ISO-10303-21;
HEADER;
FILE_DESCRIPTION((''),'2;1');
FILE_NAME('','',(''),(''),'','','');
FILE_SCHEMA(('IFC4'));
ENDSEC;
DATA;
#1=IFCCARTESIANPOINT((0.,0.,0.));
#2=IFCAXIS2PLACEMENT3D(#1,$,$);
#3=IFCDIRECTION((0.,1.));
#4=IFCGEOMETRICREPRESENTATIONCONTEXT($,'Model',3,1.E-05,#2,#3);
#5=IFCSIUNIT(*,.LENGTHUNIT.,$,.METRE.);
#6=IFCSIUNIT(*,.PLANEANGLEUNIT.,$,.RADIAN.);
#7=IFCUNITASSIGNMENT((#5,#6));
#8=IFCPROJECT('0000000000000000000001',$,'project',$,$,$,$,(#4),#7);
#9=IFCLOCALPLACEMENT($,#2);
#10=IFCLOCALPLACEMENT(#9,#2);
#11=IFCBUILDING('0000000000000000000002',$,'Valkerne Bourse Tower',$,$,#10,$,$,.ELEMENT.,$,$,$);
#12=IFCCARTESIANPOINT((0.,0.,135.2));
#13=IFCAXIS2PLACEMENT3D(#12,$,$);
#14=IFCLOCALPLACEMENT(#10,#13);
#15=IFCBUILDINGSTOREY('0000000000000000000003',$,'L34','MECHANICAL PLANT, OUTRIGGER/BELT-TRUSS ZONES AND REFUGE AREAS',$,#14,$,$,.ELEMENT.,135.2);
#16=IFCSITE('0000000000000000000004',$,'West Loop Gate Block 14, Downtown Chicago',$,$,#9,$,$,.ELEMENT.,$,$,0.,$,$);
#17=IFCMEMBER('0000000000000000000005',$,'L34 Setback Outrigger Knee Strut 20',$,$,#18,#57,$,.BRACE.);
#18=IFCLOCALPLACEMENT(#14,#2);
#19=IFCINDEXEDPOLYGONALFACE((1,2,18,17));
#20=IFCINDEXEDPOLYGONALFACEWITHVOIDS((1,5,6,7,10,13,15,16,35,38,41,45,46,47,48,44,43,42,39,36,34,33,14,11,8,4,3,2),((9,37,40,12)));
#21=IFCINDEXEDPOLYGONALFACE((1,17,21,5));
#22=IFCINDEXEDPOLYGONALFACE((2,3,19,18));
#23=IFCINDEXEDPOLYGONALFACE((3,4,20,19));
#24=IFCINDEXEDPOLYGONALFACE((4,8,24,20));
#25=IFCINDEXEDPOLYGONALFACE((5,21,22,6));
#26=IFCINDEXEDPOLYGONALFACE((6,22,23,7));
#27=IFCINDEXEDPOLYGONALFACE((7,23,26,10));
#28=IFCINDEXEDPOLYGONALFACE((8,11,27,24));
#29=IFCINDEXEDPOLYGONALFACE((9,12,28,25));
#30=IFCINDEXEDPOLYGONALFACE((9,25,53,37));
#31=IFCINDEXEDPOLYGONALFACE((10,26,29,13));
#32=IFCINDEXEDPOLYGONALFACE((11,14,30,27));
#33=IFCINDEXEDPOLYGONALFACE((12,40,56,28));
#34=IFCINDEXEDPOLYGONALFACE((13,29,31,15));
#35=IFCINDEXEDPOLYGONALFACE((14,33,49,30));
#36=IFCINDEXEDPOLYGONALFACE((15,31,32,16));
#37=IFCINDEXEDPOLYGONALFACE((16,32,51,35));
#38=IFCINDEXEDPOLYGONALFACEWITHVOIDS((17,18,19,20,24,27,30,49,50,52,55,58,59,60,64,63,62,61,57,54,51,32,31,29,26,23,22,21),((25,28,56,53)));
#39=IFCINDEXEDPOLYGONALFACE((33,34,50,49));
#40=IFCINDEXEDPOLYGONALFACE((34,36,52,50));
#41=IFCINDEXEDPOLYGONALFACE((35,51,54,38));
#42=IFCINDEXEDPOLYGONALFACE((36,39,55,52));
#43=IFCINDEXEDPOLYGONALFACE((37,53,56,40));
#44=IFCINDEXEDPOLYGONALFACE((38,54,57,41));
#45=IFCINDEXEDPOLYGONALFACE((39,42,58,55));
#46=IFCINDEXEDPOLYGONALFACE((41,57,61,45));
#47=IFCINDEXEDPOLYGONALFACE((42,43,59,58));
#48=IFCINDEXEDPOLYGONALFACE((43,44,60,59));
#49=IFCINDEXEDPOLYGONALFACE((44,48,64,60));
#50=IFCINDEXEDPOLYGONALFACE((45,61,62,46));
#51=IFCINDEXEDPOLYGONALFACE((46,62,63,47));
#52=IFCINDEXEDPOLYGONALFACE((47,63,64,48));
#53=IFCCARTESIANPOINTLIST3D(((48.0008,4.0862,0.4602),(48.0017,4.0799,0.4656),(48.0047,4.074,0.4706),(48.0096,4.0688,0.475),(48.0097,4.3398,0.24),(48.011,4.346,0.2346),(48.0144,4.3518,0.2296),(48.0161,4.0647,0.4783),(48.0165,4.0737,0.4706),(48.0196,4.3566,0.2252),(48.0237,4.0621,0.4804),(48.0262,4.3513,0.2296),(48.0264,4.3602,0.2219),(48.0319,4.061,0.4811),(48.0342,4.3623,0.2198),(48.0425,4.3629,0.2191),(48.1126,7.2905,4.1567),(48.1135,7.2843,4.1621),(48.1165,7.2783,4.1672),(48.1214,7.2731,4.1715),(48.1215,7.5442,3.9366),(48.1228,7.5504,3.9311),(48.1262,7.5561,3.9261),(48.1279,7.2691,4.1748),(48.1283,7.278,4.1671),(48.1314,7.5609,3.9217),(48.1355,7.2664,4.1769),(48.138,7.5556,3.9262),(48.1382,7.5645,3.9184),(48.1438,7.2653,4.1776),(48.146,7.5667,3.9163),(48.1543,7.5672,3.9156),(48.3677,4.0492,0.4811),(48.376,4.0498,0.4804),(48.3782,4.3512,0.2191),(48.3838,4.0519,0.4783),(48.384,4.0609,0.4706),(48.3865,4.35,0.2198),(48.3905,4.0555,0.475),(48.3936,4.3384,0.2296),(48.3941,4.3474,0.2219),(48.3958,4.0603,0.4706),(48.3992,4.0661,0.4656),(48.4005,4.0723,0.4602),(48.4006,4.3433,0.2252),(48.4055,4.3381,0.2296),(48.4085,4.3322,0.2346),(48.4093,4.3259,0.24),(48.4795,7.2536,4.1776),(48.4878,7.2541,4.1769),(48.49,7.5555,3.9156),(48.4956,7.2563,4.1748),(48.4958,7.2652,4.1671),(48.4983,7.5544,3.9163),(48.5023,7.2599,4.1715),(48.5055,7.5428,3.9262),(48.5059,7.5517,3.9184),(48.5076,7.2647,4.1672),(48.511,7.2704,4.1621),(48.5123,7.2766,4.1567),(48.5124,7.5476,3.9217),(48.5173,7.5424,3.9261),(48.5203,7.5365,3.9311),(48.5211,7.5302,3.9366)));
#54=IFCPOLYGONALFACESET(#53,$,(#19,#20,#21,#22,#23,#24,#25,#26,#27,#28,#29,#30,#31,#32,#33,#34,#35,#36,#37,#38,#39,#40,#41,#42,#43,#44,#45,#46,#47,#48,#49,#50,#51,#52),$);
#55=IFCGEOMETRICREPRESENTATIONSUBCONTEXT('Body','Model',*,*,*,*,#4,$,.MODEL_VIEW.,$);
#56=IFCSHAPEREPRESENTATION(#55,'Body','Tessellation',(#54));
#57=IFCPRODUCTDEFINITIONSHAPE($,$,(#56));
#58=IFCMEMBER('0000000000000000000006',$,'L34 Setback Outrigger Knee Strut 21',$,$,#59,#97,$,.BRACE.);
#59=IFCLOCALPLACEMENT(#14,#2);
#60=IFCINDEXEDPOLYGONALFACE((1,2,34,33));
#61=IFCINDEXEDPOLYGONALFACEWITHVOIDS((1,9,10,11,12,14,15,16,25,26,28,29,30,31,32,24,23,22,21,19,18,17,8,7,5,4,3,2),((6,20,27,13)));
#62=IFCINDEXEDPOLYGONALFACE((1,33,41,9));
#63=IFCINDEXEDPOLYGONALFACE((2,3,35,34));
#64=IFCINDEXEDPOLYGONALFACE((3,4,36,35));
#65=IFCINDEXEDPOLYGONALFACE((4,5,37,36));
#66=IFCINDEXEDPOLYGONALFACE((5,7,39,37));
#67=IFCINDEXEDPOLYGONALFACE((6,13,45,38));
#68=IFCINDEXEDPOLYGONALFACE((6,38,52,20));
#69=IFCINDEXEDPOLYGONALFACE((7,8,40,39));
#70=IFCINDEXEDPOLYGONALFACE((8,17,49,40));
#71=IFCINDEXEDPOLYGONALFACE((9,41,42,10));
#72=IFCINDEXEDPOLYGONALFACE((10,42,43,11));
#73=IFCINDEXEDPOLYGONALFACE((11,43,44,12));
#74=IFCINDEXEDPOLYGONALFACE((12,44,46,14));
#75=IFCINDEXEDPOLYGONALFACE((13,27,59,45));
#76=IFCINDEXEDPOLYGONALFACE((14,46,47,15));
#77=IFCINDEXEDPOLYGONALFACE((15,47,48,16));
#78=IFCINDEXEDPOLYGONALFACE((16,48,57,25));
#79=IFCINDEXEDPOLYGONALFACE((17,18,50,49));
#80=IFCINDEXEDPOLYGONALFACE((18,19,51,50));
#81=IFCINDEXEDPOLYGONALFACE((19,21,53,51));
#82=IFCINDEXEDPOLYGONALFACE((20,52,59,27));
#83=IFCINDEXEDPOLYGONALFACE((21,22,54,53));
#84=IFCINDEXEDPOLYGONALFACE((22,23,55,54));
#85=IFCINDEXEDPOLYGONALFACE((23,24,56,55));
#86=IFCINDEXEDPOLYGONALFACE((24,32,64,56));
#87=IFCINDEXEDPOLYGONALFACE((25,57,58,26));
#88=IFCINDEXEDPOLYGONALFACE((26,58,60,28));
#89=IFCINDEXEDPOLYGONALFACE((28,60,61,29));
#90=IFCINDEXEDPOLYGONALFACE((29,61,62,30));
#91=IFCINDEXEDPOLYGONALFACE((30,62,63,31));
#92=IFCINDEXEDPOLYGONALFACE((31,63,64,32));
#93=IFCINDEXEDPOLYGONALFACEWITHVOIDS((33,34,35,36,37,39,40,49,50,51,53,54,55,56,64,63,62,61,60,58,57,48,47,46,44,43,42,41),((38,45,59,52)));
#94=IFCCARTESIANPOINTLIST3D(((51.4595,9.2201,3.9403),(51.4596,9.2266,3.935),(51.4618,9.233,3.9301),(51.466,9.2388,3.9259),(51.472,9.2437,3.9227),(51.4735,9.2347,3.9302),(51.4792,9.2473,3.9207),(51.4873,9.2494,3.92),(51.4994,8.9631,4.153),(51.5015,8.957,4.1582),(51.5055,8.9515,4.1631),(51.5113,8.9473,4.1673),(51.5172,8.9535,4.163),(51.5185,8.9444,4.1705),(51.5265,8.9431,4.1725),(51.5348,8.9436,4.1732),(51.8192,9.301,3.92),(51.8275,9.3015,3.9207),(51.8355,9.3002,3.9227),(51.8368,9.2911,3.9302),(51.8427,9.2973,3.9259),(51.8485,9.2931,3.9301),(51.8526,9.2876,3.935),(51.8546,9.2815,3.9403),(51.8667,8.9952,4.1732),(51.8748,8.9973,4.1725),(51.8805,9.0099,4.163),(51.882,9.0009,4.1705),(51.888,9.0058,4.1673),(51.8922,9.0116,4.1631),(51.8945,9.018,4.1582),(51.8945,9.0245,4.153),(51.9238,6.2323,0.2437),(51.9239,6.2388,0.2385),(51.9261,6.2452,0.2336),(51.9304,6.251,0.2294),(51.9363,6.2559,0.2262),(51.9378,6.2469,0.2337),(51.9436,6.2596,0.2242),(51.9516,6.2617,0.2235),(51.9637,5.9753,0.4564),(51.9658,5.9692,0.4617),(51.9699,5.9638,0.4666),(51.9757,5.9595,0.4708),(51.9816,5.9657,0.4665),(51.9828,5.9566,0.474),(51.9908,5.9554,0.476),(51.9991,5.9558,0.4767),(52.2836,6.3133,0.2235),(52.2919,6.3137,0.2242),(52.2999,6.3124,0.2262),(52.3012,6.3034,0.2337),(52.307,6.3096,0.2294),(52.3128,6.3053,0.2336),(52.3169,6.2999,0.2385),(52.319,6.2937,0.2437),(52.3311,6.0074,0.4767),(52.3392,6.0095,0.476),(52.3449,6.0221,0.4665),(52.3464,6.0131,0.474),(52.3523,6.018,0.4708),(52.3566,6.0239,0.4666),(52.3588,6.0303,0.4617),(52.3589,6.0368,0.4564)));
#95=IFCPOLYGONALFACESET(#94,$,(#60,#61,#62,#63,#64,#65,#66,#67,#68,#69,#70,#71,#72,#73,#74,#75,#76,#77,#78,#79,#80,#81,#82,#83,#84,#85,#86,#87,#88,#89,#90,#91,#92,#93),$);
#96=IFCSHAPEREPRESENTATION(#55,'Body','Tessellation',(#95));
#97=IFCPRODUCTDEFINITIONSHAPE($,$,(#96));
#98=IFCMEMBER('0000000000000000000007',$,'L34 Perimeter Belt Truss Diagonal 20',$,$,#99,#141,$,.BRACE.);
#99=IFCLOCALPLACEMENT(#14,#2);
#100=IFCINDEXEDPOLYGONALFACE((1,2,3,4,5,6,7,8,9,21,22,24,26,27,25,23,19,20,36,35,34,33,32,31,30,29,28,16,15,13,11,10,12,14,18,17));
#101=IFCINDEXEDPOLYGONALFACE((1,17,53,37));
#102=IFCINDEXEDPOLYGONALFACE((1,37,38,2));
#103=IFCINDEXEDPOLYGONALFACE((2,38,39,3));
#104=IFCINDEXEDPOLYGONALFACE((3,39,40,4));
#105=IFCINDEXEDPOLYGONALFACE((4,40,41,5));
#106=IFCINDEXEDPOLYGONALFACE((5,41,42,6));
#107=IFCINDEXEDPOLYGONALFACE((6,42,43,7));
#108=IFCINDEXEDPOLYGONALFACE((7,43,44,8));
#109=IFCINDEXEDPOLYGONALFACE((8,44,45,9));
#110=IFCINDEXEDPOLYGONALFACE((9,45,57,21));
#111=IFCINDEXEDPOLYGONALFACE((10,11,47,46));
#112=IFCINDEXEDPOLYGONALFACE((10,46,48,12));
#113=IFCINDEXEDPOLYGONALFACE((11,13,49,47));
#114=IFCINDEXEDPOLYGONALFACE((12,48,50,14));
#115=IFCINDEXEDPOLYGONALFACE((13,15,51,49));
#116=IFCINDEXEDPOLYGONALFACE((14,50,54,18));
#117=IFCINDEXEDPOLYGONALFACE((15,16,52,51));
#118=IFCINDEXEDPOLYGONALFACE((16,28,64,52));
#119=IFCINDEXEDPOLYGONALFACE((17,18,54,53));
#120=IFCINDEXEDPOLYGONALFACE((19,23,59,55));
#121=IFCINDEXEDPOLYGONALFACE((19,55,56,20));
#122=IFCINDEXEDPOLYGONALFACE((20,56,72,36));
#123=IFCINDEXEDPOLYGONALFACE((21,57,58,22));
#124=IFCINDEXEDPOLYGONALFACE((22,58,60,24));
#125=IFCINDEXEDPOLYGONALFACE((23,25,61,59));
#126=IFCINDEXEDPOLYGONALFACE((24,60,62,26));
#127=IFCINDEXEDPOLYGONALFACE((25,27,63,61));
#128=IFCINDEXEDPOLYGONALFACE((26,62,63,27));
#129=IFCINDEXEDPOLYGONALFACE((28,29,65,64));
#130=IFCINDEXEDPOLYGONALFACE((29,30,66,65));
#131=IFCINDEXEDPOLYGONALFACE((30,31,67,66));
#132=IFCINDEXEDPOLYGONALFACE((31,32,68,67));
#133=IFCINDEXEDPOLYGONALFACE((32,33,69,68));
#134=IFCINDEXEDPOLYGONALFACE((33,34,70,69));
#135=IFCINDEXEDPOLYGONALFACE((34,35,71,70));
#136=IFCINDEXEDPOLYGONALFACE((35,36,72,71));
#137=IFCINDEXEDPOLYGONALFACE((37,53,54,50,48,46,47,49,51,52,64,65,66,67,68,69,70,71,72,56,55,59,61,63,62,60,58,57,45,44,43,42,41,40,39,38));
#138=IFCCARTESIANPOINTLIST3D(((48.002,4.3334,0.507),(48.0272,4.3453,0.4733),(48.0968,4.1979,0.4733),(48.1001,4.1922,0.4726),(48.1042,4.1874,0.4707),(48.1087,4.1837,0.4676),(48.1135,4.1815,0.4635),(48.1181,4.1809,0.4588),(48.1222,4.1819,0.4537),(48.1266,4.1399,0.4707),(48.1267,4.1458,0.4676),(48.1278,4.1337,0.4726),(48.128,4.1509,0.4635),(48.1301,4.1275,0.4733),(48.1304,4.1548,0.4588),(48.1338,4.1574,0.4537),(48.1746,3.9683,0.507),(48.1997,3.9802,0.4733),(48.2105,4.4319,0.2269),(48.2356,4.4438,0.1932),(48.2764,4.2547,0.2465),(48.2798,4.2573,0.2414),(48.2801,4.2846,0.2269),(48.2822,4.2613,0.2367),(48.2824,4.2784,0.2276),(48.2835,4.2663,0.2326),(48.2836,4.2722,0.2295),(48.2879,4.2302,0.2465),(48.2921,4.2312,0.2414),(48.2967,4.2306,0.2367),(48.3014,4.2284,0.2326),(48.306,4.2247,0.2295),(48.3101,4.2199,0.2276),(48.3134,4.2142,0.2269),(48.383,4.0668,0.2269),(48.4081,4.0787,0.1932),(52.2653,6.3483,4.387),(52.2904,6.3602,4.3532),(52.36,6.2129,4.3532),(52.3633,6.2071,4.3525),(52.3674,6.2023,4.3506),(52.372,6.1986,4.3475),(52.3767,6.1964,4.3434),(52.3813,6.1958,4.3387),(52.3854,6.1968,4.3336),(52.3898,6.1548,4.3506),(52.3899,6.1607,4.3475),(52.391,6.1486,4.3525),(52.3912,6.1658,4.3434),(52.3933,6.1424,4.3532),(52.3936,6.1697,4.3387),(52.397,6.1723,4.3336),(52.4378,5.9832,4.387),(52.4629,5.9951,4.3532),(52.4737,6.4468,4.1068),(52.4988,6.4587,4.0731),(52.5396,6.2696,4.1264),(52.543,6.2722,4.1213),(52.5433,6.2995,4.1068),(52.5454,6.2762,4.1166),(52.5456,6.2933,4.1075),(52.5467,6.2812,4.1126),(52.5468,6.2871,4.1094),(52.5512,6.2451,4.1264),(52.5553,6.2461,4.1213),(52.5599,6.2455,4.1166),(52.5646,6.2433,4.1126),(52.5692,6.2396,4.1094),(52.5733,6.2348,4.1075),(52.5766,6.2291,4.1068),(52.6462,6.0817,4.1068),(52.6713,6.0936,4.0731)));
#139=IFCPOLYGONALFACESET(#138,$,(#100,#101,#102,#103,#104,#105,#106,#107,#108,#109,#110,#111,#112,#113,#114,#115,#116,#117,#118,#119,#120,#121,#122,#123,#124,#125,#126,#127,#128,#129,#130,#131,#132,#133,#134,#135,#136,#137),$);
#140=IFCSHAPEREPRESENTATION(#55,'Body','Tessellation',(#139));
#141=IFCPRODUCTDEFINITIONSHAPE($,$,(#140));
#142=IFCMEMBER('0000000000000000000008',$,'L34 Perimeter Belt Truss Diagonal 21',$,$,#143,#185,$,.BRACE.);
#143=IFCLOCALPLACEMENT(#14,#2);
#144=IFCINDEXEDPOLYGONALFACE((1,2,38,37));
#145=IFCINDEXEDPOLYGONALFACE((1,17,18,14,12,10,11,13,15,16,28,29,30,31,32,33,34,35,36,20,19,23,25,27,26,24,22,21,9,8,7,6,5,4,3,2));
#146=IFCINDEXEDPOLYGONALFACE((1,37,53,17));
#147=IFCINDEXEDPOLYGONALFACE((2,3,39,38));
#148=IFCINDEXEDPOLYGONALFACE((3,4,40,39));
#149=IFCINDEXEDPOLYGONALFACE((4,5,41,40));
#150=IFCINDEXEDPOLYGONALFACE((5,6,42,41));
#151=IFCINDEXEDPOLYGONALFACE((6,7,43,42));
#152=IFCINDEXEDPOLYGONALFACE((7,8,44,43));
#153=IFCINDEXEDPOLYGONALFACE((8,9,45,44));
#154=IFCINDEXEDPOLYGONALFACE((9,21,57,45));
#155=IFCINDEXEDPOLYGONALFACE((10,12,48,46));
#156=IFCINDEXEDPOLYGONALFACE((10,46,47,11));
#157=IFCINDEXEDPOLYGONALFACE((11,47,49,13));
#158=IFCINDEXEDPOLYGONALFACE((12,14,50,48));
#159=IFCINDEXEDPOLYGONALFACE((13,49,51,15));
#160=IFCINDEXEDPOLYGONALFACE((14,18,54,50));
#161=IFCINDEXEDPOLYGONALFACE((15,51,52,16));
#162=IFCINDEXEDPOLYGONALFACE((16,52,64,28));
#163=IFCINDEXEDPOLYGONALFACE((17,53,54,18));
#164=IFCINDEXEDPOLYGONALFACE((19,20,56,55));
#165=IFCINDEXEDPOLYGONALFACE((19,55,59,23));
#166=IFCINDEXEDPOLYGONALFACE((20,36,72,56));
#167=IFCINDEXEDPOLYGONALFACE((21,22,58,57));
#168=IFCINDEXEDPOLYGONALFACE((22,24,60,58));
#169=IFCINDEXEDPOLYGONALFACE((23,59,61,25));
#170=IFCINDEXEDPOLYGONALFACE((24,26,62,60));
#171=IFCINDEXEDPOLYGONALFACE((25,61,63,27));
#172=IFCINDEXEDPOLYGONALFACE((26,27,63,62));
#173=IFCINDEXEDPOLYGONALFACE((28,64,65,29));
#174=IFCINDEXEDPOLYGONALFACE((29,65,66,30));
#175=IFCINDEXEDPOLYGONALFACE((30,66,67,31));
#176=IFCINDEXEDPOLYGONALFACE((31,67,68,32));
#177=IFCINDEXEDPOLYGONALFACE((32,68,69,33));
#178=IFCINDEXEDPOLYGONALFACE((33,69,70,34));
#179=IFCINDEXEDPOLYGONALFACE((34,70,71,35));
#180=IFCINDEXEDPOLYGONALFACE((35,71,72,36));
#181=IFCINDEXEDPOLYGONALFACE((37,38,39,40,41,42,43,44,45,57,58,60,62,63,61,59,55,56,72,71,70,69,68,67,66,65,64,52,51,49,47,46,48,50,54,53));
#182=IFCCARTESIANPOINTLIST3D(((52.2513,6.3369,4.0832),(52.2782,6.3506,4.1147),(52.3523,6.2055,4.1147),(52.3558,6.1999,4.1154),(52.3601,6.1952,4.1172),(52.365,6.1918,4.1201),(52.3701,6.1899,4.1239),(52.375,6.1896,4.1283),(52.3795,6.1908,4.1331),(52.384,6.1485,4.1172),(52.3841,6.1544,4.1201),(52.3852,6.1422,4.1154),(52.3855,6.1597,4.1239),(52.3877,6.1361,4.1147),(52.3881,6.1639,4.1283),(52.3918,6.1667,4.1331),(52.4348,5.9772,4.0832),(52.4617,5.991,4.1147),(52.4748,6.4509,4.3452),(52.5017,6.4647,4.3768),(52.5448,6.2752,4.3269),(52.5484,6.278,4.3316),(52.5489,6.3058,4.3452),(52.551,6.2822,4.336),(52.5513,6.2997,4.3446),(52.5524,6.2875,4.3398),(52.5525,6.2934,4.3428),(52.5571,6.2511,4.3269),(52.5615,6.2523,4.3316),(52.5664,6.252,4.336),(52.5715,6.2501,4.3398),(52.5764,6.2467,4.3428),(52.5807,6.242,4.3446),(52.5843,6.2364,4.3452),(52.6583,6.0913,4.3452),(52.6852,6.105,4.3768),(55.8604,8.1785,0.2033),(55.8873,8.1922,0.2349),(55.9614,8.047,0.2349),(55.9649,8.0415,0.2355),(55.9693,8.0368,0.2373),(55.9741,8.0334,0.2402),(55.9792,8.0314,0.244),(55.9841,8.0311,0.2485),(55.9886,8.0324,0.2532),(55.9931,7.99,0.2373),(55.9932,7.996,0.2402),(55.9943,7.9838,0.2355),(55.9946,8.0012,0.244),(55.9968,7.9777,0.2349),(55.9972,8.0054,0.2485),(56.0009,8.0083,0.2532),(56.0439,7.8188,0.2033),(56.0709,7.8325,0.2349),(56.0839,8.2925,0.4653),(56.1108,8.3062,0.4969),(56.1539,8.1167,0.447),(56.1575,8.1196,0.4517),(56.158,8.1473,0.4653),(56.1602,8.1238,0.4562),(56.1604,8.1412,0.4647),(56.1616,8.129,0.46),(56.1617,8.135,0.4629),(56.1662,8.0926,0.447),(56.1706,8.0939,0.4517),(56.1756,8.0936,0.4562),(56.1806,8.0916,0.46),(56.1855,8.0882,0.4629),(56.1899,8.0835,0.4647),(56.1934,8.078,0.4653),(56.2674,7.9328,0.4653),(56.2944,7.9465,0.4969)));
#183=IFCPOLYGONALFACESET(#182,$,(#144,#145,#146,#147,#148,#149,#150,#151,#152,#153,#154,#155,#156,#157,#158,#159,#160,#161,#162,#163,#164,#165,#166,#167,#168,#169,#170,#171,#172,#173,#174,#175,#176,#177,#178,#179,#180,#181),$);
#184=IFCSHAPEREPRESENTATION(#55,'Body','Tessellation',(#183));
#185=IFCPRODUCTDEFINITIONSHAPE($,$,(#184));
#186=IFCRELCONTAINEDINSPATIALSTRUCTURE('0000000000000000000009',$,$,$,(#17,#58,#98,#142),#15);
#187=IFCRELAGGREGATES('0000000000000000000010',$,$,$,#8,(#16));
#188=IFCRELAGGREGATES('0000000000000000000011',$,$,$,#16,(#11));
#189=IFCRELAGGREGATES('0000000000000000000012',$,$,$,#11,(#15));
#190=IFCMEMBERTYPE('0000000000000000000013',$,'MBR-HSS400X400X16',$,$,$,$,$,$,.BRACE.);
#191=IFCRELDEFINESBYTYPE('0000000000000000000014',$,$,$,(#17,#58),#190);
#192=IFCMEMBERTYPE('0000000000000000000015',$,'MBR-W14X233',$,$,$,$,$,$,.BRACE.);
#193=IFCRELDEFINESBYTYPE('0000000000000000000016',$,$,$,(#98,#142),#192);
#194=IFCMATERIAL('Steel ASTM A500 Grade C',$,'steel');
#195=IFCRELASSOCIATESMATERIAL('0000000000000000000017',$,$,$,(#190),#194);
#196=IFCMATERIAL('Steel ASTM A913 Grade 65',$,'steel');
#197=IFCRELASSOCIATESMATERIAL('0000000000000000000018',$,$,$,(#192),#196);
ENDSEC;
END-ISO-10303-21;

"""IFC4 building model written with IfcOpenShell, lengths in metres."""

from ifc_helpers import new_model, si_unit, direction, frame, origin, origin_2d, place, context, subcontext, project, spatial, hollow_rectangle, i_section, extrude, material, material_profile, profile_set, type_object, element, save


model = new_model("IFC4")

# Units and contexts
model_context = context("Model", 3, precision=1e-05, world=origin(), true_north=direction((0.0, 1.0)))
body_context = subcontext(model_context, "Body", "Model", "MODEL_VIEW")
ifc_project = project(units=[si_unit("LENGTHUNIT", "METRE"), si_unit("PLANEANGLEUNIT", "RADIAN")], contexts=[model_context])

# Site, building, storey
site_placement = place(None, origin())
site = spatial("IfcSite", under=ifc_project, at=site_placement, Name="West Loop Gate Block 14, Downtown Chicago", CompositionType="ELEMENT", RefElevation=0.0)
building_placement = place(site_placement, origin())
building = spatial("IfcBuilding", under=site, at=building_placement, Name="Valkerne Bourse Tower", CompositionType="ELEMENT")
storey_placement = place(building_placement, frame((0.0, 0.0, 135.2)))
storey = spatial("IfcBuildingStorey", under=building, at=storey_placement, Name="L34", Description="MECHANICAL PLANT, OUTRIGGER/BELT-TRUSS ZONES AND REFUGE AREAS", CompositionType="ELEMENT", Elevation=135.2)

# Shared definitions
ifc_material_1 = material(Name="Steel ASTM A913 Grade 65", Category="steel")

# Members
ifc_material_2 = material(Name="Steel ASTM A500 Grade C", Category="steel")
ifc_material_profile_1 = material_profile(ifc_material_2, hollow_rectangle(XDim=0.3999, YDim=0.3999, WallThickness=0.0161, OuterFilletRadius=0.032, at=origin_2d()), Name="HSS400X400X16")
ifc_profile_set_1 = profile_set([ifc_material_profile_1], Name="Steel ASTM A500 Grade C")
member_type_1 = type_object("IfcMemberType", Name="MBR-HSS400X400X16", PredefinedType="BRACE", material=ifc_profile_set_1)
member_1_placement = place(storey_placement, frame((48.2051, 4.2061, 0.3501), z_axis=(0.022851, 0.654839, 0.755423), x_axis=(-0.999392, 0.034874, 0.0)))
element("IfcMember", 1, at=member_1_placement, inside=storey, type_object=member_type_1, Name="L34 Setback Outrigger Knee Strut 20", PredefinedType="BRACE", context=body_context, shape_type="SweptSolid", body=[
    extrude(hollow_rectangle(XDim=0.3999, YDim=0.3999, WallThickness=0.0161, OuterFilletRadius=0.032, at=origin_2d()), origin(), (0.0, 0.0, 1.0), 4.8933),
])
member_2_placement = place(storey_placement, frame((52.1414, 6.1345, 0.3501), z_axis=(-0.097234, 0.62563, 0.774037), x_axis=(-0.988137, -0.153574, 0.0)))
element("IfcMember", 2, at=member_2_placement, inside=storey, type_object=member_type_1, Name="L34 Setback Outrigger Knee Strut 21", PredefinedType="BRACE", context=body_context, shape_type="SweptSolid", body=[
    extrude(hollow_rectangle(XDim=0.3999, YDim=0.3999, WallThickness=0.0161, OuterFilletRadius=0.032, at=origin_2d()), origin(), (0.0, 0.0, 1.0), 4.7756),
])
ifc_material_profile_2 = material_profile(ifc_material_1, i_section(OverallWidth=0.4038, OverallDepth=0.4065, WebThickness=0.0271, FlangeThickness=0.0437, FilletRadius=0.0254, at=origin_2d()), Name="W14X233")
ifc_profile_set_2 = profile_set([ifc_material_profile_2], Name="Steel ASTM A913 Grade 65")
member_type_2 = type_object("IfcMemberType", Name="MBR-W14X233", PredefinedType="BRACE", material=ifc_profile_set_2)
member_3_placement = place(storey_placement, frame((48.2051, 4.2061, 0.3501), z_axis=(0.698151, 0.329965, 0.635381), x_axis=(-0.427305, 0.904108, 0.0)))
element("IfcMember", 3, at=member_3_placement, inside=storey, type_object=member_type_2, Name="L34 Perimeter Belt Truss Diagonal 20", PredefinedType="BRACE", context=body_context, shape_type="SweptSolid", body=[
    extrude(i_section(OverallWidth=0.4038, OverallDepth=0.4065, WebThickness=0.0271, FlangeThickness=0.0437, FilletRadius=0.0254, at=origin_2d()), origin(), (0.0, 0.0, 1.0), 6.1064),
])
member_4_placement = place(storey_placement, frame((56.0774, 8.0625, 0.3501), z_axis=(-0.643354, -0.32827, 0.691617), x_axis=(0.454502, -0.890746, 0.0)))
element("IfcMember", 4, at=member_4_placement, inside=storey, type_object=member_type_2, Name="L34 Perimeter Belt Truss Diagonal 21", PredefinedType="BRACE", context=body_context, shape_type="SweptSolid", body=[
    extrude(i_section(OverallWidth=0.4038, OverallDepth=0.4065, WebThickness=0.0271, FlangeThickness=0.0437, FilletRadius=0.0254, at=origin_2d()), origin(), (0.0, 0.0, 1.0), 5.6099),
])

save(model, "model.ifc")
